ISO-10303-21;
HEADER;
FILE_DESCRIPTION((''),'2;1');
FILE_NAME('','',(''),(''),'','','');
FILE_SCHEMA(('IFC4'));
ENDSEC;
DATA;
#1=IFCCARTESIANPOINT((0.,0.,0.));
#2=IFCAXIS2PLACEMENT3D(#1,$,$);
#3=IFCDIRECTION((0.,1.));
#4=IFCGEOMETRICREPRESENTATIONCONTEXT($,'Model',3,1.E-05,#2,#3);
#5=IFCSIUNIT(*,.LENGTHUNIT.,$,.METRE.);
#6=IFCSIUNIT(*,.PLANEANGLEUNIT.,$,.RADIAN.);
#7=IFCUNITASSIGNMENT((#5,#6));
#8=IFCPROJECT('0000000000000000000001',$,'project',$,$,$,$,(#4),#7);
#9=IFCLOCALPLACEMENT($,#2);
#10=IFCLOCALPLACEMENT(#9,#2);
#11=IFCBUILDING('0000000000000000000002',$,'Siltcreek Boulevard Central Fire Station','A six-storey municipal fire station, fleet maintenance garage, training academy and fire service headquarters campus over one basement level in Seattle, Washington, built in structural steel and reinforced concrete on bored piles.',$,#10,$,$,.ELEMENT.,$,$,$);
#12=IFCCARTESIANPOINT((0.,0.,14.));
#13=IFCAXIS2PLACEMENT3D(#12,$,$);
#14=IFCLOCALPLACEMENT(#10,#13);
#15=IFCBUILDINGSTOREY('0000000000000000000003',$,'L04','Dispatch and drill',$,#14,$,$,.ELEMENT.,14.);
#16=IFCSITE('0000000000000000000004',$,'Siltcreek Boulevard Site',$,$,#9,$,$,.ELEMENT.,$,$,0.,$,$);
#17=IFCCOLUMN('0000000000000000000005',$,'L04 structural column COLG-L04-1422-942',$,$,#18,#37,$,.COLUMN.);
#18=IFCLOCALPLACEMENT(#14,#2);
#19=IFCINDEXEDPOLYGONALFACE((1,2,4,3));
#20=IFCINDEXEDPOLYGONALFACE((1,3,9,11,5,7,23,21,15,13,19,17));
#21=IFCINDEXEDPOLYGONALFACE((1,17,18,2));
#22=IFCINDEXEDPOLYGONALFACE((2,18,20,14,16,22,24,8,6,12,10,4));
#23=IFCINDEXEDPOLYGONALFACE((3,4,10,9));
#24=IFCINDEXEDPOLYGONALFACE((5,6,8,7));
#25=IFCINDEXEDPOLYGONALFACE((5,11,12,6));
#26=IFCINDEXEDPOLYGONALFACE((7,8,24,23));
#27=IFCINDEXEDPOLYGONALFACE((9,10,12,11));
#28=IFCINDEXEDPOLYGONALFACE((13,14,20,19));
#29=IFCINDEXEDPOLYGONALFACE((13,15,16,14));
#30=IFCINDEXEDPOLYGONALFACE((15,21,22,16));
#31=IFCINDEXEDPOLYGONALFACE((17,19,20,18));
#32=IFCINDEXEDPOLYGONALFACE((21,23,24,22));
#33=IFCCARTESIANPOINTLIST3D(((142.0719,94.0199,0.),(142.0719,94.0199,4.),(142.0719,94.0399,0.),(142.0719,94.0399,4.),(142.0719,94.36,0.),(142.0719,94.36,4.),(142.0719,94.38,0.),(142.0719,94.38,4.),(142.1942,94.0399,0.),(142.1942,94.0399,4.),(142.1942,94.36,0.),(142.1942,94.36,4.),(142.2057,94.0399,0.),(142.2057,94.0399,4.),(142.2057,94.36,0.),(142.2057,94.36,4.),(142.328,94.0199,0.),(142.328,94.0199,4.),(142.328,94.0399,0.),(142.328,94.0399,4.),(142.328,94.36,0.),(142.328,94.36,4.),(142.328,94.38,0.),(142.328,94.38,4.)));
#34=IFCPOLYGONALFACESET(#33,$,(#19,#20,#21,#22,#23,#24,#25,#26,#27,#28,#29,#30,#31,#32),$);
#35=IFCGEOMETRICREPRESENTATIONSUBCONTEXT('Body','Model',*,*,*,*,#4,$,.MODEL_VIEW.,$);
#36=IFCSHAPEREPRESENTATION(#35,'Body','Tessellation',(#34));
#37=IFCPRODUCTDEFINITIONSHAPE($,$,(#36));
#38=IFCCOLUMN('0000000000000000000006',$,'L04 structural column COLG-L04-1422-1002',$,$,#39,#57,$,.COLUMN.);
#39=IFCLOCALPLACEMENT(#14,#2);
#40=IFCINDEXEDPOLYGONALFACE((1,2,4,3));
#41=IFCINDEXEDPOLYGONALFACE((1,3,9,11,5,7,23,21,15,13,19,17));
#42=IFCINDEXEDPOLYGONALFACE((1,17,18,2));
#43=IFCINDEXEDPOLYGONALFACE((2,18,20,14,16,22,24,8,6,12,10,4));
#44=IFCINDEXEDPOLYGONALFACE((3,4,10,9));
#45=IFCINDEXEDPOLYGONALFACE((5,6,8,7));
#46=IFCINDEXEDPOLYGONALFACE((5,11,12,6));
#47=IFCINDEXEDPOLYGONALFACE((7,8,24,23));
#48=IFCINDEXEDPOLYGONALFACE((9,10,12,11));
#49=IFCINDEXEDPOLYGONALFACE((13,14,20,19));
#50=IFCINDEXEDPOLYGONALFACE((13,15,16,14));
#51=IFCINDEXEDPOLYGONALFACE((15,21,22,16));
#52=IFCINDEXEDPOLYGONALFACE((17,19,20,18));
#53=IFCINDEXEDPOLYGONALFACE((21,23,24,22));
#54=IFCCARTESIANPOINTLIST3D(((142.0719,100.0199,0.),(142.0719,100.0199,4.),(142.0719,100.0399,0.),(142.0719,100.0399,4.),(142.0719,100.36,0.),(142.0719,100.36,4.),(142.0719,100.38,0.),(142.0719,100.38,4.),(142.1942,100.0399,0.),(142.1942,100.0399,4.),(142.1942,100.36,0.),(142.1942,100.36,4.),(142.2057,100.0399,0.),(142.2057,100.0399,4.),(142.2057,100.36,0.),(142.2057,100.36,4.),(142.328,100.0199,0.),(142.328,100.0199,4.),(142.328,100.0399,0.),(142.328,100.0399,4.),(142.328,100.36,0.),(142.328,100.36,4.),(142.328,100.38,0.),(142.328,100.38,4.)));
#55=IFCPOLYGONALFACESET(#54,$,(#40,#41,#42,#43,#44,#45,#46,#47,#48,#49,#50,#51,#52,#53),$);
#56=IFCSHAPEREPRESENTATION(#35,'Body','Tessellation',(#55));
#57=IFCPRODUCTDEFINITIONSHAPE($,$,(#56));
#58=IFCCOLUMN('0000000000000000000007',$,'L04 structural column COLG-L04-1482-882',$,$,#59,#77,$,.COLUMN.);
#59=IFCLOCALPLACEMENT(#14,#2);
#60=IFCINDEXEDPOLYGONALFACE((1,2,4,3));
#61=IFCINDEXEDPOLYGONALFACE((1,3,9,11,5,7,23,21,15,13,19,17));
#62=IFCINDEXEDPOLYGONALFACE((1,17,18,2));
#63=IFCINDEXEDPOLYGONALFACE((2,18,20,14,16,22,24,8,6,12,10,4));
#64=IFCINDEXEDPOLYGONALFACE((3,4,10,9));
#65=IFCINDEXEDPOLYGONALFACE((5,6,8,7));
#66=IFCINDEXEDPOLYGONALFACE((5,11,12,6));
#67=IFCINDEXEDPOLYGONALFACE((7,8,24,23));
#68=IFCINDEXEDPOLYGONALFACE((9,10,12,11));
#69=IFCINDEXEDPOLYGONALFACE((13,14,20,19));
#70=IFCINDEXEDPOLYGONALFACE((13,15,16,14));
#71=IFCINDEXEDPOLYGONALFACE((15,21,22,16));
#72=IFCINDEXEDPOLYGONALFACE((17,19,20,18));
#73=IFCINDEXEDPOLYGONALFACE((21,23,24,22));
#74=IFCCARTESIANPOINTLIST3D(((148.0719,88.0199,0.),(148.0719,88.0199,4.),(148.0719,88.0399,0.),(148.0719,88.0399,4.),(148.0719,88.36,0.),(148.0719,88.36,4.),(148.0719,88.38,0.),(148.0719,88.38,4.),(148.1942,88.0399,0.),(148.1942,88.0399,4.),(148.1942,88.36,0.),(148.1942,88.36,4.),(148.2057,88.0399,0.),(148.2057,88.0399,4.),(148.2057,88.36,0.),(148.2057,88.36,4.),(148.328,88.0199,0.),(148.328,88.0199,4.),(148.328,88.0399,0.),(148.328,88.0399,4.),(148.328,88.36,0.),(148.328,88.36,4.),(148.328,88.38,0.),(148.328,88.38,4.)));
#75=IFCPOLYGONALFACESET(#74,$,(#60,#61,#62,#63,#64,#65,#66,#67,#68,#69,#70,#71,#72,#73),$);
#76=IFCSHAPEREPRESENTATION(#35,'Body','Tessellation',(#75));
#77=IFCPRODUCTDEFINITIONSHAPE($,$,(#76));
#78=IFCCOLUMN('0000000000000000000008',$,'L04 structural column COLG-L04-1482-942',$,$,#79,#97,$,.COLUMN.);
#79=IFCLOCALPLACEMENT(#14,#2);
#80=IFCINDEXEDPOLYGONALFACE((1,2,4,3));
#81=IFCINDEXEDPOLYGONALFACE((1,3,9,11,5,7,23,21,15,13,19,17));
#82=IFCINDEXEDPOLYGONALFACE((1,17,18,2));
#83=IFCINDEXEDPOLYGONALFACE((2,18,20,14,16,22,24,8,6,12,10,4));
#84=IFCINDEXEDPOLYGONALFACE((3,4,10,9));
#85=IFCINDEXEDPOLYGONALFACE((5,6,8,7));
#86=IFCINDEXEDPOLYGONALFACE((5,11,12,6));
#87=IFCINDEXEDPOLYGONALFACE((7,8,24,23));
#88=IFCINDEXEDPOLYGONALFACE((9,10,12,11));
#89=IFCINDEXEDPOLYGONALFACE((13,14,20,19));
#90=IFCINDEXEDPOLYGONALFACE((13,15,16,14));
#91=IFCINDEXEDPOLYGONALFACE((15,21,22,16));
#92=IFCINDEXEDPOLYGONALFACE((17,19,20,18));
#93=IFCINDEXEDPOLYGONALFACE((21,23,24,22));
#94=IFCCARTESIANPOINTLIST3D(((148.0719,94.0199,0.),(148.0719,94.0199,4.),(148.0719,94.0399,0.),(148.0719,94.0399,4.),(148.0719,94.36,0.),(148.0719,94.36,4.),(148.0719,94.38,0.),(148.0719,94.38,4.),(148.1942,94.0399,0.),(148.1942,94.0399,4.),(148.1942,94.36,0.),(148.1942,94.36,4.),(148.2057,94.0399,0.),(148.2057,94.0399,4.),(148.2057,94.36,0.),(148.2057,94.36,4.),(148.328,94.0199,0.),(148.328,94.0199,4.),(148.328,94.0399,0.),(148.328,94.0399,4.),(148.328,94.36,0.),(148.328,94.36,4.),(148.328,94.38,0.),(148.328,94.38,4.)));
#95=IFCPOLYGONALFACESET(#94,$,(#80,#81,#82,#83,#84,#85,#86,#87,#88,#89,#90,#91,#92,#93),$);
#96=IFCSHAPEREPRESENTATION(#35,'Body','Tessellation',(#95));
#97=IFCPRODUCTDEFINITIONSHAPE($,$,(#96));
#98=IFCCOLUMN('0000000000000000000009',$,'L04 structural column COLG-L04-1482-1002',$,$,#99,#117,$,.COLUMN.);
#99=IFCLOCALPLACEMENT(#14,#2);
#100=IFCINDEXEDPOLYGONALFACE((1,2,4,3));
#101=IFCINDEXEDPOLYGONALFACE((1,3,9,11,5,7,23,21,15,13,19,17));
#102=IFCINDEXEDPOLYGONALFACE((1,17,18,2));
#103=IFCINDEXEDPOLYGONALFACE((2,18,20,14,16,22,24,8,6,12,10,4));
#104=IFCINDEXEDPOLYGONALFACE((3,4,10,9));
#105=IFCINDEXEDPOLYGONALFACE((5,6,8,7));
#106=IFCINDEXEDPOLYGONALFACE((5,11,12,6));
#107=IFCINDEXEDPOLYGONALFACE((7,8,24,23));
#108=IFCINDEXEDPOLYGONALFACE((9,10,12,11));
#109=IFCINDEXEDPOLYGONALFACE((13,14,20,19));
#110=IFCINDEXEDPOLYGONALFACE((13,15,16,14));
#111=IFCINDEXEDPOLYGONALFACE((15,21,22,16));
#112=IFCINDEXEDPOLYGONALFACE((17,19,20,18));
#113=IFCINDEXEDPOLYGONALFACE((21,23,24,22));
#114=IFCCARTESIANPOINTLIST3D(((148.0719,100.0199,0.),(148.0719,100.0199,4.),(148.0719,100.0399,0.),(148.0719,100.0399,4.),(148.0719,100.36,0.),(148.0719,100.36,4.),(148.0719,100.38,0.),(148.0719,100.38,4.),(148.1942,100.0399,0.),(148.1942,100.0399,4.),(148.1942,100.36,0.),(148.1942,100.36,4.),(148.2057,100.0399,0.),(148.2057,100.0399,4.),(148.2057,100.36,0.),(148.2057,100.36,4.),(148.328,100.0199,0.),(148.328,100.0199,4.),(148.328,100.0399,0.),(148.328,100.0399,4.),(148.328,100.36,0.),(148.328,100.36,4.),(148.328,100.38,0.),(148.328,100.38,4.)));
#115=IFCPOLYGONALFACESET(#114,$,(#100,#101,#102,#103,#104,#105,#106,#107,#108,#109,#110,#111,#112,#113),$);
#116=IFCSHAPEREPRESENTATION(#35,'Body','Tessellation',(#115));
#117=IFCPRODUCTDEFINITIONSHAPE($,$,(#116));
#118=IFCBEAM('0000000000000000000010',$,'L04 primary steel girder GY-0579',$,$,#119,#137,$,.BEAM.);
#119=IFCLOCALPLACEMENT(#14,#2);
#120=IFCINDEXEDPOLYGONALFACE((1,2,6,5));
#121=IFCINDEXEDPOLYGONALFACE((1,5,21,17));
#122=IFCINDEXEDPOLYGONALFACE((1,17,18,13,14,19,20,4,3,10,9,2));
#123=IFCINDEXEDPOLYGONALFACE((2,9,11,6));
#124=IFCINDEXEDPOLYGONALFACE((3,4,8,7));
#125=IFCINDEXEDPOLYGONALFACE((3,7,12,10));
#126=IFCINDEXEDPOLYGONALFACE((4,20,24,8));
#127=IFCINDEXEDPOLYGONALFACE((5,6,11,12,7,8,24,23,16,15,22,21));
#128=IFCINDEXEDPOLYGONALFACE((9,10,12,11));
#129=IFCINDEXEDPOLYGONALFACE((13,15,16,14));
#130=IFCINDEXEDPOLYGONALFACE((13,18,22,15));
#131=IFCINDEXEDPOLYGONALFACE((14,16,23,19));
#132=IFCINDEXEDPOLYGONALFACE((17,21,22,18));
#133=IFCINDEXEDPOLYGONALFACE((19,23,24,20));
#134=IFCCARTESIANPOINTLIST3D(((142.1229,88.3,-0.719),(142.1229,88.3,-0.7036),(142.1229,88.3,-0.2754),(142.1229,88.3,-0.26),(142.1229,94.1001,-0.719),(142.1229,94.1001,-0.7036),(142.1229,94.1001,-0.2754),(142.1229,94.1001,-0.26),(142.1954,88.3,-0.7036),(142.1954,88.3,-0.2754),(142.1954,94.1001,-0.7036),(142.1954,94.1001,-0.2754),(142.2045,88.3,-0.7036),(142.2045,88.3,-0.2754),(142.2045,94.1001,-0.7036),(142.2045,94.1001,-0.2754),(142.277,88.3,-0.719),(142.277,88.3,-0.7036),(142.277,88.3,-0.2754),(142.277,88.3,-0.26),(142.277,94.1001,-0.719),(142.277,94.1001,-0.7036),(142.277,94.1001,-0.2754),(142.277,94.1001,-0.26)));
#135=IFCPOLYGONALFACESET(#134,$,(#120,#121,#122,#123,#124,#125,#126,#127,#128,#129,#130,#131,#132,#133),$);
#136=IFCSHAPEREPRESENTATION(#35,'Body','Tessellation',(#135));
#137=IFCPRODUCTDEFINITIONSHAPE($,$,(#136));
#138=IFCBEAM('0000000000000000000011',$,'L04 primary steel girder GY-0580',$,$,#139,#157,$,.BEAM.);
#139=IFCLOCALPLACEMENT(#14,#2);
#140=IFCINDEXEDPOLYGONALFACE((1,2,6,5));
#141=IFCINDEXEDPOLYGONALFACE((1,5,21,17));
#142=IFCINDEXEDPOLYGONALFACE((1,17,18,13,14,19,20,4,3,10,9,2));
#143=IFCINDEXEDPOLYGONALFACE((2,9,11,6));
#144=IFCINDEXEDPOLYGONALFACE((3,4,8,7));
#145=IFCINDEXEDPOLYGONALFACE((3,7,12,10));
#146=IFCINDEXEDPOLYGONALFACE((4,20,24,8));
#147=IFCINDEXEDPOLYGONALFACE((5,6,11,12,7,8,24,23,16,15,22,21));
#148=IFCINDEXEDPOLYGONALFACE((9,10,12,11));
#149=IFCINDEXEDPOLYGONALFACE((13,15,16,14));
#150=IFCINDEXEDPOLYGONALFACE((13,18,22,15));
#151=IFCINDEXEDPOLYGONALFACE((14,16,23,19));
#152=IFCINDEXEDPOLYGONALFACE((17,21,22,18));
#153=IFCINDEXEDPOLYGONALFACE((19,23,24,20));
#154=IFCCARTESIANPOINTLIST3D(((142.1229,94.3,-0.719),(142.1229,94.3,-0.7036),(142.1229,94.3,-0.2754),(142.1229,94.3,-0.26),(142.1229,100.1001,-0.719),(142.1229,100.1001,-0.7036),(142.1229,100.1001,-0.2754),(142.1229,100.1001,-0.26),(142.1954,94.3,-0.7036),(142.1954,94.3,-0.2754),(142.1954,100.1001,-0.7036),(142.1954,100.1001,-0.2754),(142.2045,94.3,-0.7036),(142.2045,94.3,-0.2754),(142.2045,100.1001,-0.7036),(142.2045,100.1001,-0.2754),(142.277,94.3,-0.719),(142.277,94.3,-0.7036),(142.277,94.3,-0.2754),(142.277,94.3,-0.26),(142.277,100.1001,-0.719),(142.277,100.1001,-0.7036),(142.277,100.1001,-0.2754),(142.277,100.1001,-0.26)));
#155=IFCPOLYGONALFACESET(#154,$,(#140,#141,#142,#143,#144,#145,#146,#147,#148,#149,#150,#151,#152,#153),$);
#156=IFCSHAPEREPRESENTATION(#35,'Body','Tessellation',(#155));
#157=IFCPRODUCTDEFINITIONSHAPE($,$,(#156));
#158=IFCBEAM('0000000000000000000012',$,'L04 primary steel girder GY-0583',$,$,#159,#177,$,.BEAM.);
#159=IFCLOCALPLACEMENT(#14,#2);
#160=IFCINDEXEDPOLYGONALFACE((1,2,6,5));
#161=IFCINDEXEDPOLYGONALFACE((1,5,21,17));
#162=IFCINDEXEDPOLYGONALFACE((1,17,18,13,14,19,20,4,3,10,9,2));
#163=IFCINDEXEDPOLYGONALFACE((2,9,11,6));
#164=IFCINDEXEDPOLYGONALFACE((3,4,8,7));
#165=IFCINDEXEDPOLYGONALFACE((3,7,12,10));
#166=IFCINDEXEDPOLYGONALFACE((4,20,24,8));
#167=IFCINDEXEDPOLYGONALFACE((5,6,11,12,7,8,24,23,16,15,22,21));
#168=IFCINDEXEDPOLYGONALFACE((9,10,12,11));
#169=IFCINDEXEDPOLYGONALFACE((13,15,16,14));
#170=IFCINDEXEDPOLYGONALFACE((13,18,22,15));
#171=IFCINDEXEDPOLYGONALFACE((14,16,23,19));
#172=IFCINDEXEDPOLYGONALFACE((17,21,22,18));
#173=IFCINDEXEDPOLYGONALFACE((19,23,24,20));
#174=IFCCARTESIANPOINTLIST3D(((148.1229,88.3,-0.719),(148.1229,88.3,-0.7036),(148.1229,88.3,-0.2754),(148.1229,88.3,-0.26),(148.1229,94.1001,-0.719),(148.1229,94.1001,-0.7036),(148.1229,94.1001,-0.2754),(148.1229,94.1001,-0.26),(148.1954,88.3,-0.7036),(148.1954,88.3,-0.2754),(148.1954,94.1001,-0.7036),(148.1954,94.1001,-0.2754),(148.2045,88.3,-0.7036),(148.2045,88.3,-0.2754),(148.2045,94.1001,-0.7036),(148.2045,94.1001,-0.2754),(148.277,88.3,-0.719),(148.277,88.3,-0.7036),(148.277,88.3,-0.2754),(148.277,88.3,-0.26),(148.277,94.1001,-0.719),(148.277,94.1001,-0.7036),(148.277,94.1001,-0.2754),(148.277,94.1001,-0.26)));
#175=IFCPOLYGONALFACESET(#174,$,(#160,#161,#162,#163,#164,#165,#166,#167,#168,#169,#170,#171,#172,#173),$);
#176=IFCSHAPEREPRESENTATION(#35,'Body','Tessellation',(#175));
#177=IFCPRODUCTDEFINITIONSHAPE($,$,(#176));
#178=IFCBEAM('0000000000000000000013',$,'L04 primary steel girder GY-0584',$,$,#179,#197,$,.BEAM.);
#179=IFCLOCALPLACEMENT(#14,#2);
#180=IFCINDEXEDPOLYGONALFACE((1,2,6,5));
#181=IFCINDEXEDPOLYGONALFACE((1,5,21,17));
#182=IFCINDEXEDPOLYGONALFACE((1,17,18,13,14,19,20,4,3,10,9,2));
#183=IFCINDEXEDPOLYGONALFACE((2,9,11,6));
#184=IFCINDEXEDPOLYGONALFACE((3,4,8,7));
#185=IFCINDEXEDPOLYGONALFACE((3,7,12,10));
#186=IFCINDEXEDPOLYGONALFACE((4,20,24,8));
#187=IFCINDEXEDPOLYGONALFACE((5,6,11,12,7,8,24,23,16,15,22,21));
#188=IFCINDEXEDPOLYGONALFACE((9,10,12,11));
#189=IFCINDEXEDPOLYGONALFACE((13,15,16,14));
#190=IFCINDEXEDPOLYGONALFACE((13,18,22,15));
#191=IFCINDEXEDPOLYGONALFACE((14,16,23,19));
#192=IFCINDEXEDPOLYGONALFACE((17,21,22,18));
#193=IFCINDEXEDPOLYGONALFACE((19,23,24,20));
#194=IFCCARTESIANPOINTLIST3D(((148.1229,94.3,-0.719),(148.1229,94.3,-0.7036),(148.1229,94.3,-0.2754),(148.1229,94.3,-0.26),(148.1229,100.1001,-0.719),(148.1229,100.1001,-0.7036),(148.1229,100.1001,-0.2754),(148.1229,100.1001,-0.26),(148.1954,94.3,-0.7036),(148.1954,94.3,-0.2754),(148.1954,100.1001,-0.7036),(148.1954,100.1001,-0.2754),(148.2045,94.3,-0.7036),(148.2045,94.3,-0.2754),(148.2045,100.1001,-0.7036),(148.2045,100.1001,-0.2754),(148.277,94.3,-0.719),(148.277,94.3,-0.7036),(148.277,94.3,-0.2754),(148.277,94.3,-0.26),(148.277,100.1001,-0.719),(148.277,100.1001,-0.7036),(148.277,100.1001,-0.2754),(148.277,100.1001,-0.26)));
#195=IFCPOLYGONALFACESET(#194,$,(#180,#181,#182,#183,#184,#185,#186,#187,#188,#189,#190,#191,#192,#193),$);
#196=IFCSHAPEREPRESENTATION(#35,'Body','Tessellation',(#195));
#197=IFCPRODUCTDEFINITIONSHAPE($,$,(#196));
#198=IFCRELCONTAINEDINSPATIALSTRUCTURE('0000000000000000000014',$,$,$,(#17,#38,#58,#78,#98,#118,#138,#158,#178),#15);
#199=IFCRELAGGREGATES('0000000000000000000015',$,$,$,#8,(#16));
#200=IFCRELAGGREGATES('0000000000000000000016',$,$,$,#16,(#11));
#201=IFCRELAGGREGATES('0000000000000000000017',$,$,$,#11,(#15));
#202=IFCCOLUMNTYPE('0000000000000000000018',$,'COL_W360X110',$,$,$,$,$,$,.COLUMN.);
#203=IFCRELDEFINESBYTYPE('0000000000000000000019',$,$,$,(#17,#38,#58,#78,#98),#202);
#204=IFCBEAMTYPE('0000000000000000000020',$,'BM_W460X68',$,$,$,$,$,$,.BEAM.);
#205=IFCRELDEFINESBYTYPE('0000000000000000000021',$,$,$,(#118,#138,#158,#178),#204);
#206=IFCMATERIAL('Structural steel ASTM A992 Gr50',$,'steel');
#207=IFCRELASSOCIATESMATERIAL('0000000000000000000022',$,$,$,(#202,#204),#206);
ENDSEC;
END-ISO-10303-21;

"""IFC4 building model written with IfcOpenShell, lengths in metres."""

from ifc_helpers import new_model, si_unit, direction, frame, origin, origin_2d, place, context, subcontext, project, spatial, i_section, extrude, material, material_profile, profile_set, type_object, element, save


model = new_model("IFC4")

# Units and contexts
model_context = context("Model", 3, precision=1e-05, world=origin(), true_north=direction((0.0, 1.0)))
body_context = subcontext(model_context, "Body", "Model", "MODEL_VIEW")
ifc_project = project(units=[si_unit("LENGTHUNIT", "METRE"), si_unit("PLANEANGLEUNIT", "RADIAN")], contexts=[model_context])

# Site, building, storey
site_placement = place(None, origin())
site = spatial("IfcSite", under=ifc_project, at=site_placement, Name="Siltcreek Boulevard Site", CompositionType="ELEMENT", RefElevation=0.0)
building_placement = place(site_placement, origin())
building = spatial("IfcBuilding", under=site, at=building_placement, Name="Siltcreek Boulevard Central Fire Station", Description="A six-storey municipal fire station, fleet maintenance garage, training academy and fire service headquarters campus over one basement level in Seattle, Washington, built in structural steel and reinforced concrete on bored piles.", CompositionType="ELEMENT")
storey_placement = place(building_placement, frame((0.0, 0.0, 14.0)))
storey = spatial("IfcBuildingStorey", under=building, at=storey_placement, Name="L04", Description="Dispatch and drill", CompositionType="ELEMENT", Elevation=14.0)

# Columns
ifc_material_1 = material(Name="Structural steel ASTM A992 Gr50", Category="steel")
ifc_material_profile_1 = material_profile(ifc_material_1, i_section(OverallWidth=0.2561, OverallDepth=0.3601, WebThickness=0.0115, FlangeThickness=0.02, at=origin_2d()), Name="W360X110")
ifc_profile_set_1 = profile_set([ifc_material_profile_1], Name="Structural steel ASTM A992 Gr50")
column_type = type_object("IfcColumnType", Name="COL_W360X110", PredefinedType="COLUMN", material=ifc_profile_set_1)
for number, where, z_axis, x_axis, name in (
    (1, (142.2, 94.2, 0.0), (0.0, 0.0, 1.0), (1.0, 0.0, 0.0), "L04 structural column COLG-L04-1422-942"),
    (2, (142.2, 100.2, 0.0), (0.0, 0.0, 1.0), (1.0, 0.0, 0.0), "L04 structural column COLG-L04-1422-1002"),
    (3, (148.2, 88.2, 0.0), (0.0, 0.0, 1.0), (1.0, 0.0, 0.0), "L04 structural column COLG-L04-1482-882"),
    (4, (148.2, 94.2, 0.0), (0.0, 0.0, 1.0), (1.0, 0.0, 0.0), "L04 structural column COLG-L04-1482-942"),
    (5, (148.2, 100.2, 0.0), (0.0, 0.0, 1.0), (1.0, 0.0, 0.0), "L04 structural column COLG-L04-1482-1002"),
):
    element("IfcColumn", number, at=place(storey_placement, frame(where, z_axis=z_axis, x_axis=x_axis)), inside=storey, type_object=column_type, Name=name, PredefinedType="COLUMN", context=body_context, shape_type="SweptSolid", body=[
        extrude(i_section(OverallWidth=0.2561, OverallDepth=0.3601, WebThickness=0.0115, FlangeThickness=0.02, at=origin_2d()), origin(), (0.0, 0.0, 1.0), 4.0),
    ])

# Beams
ifc_material_profile_2 = material_profile(ifc_material_1, i_section(OverallWidth=0.1541, OverallDepth=0.459, WebThickness=0.009, FlangeThickness=0.0154, at=origin_2d()), Name="W460X68")
ifc_profile_set_2 = profile_set([ifc_material_profile_2], Name="Structural steel ASTM A992 Gr50")
beam_type_1 = type_object("IfcBeamType", Name="BM_W460X68", PredefinedType="BEAM", material=ifc_profile_set_2)
for number, where, z_axis, x_axis, name in (
    (6, (142.2, 88.3, -0.4895), (0.0, 1.0, 0.0), (-1.0, 0.0, 0.0), "L04 primary steel girder GY-0579"),
    (7, (142.2, 94.3, -0.4895), (0.0, 1.0, 0.0), (-1.0, 0.0, 0.0), "L04 primary steel girder GY-0580"),
    (8, (148.2, 88.3, -0.4895), (0.0, 1.0, 0.0), (-1.0, 0.0, 0.0), "L04 primary steel girder GY-0583"),
    (9, (148.2, 94.3, -0.4895), (0.0, 1.0, 0.0), (-1.0, 0.0, 0.0), "L04 primary steel girder GY-0584"),
):
    element("IfcBeam", number, at=place(storey_placement, frame(where, z_axis=z_axis, x_axis=x_axis)), inside=storey, type_object=beam_type_1, Name=name, PredefinedType="BEAM", context=body_context, shape_type="SweptSolid", body=[
        extrude(i_section(OverallWidth=0.1541, OverallDepth=0.459, WebThickness=0.009, FlangeThickness=0.0154, at=origin_2d()), origin(), (0.0, 0.0, 1.0), 5.8),
    ])

save(model, "model.ifc")
